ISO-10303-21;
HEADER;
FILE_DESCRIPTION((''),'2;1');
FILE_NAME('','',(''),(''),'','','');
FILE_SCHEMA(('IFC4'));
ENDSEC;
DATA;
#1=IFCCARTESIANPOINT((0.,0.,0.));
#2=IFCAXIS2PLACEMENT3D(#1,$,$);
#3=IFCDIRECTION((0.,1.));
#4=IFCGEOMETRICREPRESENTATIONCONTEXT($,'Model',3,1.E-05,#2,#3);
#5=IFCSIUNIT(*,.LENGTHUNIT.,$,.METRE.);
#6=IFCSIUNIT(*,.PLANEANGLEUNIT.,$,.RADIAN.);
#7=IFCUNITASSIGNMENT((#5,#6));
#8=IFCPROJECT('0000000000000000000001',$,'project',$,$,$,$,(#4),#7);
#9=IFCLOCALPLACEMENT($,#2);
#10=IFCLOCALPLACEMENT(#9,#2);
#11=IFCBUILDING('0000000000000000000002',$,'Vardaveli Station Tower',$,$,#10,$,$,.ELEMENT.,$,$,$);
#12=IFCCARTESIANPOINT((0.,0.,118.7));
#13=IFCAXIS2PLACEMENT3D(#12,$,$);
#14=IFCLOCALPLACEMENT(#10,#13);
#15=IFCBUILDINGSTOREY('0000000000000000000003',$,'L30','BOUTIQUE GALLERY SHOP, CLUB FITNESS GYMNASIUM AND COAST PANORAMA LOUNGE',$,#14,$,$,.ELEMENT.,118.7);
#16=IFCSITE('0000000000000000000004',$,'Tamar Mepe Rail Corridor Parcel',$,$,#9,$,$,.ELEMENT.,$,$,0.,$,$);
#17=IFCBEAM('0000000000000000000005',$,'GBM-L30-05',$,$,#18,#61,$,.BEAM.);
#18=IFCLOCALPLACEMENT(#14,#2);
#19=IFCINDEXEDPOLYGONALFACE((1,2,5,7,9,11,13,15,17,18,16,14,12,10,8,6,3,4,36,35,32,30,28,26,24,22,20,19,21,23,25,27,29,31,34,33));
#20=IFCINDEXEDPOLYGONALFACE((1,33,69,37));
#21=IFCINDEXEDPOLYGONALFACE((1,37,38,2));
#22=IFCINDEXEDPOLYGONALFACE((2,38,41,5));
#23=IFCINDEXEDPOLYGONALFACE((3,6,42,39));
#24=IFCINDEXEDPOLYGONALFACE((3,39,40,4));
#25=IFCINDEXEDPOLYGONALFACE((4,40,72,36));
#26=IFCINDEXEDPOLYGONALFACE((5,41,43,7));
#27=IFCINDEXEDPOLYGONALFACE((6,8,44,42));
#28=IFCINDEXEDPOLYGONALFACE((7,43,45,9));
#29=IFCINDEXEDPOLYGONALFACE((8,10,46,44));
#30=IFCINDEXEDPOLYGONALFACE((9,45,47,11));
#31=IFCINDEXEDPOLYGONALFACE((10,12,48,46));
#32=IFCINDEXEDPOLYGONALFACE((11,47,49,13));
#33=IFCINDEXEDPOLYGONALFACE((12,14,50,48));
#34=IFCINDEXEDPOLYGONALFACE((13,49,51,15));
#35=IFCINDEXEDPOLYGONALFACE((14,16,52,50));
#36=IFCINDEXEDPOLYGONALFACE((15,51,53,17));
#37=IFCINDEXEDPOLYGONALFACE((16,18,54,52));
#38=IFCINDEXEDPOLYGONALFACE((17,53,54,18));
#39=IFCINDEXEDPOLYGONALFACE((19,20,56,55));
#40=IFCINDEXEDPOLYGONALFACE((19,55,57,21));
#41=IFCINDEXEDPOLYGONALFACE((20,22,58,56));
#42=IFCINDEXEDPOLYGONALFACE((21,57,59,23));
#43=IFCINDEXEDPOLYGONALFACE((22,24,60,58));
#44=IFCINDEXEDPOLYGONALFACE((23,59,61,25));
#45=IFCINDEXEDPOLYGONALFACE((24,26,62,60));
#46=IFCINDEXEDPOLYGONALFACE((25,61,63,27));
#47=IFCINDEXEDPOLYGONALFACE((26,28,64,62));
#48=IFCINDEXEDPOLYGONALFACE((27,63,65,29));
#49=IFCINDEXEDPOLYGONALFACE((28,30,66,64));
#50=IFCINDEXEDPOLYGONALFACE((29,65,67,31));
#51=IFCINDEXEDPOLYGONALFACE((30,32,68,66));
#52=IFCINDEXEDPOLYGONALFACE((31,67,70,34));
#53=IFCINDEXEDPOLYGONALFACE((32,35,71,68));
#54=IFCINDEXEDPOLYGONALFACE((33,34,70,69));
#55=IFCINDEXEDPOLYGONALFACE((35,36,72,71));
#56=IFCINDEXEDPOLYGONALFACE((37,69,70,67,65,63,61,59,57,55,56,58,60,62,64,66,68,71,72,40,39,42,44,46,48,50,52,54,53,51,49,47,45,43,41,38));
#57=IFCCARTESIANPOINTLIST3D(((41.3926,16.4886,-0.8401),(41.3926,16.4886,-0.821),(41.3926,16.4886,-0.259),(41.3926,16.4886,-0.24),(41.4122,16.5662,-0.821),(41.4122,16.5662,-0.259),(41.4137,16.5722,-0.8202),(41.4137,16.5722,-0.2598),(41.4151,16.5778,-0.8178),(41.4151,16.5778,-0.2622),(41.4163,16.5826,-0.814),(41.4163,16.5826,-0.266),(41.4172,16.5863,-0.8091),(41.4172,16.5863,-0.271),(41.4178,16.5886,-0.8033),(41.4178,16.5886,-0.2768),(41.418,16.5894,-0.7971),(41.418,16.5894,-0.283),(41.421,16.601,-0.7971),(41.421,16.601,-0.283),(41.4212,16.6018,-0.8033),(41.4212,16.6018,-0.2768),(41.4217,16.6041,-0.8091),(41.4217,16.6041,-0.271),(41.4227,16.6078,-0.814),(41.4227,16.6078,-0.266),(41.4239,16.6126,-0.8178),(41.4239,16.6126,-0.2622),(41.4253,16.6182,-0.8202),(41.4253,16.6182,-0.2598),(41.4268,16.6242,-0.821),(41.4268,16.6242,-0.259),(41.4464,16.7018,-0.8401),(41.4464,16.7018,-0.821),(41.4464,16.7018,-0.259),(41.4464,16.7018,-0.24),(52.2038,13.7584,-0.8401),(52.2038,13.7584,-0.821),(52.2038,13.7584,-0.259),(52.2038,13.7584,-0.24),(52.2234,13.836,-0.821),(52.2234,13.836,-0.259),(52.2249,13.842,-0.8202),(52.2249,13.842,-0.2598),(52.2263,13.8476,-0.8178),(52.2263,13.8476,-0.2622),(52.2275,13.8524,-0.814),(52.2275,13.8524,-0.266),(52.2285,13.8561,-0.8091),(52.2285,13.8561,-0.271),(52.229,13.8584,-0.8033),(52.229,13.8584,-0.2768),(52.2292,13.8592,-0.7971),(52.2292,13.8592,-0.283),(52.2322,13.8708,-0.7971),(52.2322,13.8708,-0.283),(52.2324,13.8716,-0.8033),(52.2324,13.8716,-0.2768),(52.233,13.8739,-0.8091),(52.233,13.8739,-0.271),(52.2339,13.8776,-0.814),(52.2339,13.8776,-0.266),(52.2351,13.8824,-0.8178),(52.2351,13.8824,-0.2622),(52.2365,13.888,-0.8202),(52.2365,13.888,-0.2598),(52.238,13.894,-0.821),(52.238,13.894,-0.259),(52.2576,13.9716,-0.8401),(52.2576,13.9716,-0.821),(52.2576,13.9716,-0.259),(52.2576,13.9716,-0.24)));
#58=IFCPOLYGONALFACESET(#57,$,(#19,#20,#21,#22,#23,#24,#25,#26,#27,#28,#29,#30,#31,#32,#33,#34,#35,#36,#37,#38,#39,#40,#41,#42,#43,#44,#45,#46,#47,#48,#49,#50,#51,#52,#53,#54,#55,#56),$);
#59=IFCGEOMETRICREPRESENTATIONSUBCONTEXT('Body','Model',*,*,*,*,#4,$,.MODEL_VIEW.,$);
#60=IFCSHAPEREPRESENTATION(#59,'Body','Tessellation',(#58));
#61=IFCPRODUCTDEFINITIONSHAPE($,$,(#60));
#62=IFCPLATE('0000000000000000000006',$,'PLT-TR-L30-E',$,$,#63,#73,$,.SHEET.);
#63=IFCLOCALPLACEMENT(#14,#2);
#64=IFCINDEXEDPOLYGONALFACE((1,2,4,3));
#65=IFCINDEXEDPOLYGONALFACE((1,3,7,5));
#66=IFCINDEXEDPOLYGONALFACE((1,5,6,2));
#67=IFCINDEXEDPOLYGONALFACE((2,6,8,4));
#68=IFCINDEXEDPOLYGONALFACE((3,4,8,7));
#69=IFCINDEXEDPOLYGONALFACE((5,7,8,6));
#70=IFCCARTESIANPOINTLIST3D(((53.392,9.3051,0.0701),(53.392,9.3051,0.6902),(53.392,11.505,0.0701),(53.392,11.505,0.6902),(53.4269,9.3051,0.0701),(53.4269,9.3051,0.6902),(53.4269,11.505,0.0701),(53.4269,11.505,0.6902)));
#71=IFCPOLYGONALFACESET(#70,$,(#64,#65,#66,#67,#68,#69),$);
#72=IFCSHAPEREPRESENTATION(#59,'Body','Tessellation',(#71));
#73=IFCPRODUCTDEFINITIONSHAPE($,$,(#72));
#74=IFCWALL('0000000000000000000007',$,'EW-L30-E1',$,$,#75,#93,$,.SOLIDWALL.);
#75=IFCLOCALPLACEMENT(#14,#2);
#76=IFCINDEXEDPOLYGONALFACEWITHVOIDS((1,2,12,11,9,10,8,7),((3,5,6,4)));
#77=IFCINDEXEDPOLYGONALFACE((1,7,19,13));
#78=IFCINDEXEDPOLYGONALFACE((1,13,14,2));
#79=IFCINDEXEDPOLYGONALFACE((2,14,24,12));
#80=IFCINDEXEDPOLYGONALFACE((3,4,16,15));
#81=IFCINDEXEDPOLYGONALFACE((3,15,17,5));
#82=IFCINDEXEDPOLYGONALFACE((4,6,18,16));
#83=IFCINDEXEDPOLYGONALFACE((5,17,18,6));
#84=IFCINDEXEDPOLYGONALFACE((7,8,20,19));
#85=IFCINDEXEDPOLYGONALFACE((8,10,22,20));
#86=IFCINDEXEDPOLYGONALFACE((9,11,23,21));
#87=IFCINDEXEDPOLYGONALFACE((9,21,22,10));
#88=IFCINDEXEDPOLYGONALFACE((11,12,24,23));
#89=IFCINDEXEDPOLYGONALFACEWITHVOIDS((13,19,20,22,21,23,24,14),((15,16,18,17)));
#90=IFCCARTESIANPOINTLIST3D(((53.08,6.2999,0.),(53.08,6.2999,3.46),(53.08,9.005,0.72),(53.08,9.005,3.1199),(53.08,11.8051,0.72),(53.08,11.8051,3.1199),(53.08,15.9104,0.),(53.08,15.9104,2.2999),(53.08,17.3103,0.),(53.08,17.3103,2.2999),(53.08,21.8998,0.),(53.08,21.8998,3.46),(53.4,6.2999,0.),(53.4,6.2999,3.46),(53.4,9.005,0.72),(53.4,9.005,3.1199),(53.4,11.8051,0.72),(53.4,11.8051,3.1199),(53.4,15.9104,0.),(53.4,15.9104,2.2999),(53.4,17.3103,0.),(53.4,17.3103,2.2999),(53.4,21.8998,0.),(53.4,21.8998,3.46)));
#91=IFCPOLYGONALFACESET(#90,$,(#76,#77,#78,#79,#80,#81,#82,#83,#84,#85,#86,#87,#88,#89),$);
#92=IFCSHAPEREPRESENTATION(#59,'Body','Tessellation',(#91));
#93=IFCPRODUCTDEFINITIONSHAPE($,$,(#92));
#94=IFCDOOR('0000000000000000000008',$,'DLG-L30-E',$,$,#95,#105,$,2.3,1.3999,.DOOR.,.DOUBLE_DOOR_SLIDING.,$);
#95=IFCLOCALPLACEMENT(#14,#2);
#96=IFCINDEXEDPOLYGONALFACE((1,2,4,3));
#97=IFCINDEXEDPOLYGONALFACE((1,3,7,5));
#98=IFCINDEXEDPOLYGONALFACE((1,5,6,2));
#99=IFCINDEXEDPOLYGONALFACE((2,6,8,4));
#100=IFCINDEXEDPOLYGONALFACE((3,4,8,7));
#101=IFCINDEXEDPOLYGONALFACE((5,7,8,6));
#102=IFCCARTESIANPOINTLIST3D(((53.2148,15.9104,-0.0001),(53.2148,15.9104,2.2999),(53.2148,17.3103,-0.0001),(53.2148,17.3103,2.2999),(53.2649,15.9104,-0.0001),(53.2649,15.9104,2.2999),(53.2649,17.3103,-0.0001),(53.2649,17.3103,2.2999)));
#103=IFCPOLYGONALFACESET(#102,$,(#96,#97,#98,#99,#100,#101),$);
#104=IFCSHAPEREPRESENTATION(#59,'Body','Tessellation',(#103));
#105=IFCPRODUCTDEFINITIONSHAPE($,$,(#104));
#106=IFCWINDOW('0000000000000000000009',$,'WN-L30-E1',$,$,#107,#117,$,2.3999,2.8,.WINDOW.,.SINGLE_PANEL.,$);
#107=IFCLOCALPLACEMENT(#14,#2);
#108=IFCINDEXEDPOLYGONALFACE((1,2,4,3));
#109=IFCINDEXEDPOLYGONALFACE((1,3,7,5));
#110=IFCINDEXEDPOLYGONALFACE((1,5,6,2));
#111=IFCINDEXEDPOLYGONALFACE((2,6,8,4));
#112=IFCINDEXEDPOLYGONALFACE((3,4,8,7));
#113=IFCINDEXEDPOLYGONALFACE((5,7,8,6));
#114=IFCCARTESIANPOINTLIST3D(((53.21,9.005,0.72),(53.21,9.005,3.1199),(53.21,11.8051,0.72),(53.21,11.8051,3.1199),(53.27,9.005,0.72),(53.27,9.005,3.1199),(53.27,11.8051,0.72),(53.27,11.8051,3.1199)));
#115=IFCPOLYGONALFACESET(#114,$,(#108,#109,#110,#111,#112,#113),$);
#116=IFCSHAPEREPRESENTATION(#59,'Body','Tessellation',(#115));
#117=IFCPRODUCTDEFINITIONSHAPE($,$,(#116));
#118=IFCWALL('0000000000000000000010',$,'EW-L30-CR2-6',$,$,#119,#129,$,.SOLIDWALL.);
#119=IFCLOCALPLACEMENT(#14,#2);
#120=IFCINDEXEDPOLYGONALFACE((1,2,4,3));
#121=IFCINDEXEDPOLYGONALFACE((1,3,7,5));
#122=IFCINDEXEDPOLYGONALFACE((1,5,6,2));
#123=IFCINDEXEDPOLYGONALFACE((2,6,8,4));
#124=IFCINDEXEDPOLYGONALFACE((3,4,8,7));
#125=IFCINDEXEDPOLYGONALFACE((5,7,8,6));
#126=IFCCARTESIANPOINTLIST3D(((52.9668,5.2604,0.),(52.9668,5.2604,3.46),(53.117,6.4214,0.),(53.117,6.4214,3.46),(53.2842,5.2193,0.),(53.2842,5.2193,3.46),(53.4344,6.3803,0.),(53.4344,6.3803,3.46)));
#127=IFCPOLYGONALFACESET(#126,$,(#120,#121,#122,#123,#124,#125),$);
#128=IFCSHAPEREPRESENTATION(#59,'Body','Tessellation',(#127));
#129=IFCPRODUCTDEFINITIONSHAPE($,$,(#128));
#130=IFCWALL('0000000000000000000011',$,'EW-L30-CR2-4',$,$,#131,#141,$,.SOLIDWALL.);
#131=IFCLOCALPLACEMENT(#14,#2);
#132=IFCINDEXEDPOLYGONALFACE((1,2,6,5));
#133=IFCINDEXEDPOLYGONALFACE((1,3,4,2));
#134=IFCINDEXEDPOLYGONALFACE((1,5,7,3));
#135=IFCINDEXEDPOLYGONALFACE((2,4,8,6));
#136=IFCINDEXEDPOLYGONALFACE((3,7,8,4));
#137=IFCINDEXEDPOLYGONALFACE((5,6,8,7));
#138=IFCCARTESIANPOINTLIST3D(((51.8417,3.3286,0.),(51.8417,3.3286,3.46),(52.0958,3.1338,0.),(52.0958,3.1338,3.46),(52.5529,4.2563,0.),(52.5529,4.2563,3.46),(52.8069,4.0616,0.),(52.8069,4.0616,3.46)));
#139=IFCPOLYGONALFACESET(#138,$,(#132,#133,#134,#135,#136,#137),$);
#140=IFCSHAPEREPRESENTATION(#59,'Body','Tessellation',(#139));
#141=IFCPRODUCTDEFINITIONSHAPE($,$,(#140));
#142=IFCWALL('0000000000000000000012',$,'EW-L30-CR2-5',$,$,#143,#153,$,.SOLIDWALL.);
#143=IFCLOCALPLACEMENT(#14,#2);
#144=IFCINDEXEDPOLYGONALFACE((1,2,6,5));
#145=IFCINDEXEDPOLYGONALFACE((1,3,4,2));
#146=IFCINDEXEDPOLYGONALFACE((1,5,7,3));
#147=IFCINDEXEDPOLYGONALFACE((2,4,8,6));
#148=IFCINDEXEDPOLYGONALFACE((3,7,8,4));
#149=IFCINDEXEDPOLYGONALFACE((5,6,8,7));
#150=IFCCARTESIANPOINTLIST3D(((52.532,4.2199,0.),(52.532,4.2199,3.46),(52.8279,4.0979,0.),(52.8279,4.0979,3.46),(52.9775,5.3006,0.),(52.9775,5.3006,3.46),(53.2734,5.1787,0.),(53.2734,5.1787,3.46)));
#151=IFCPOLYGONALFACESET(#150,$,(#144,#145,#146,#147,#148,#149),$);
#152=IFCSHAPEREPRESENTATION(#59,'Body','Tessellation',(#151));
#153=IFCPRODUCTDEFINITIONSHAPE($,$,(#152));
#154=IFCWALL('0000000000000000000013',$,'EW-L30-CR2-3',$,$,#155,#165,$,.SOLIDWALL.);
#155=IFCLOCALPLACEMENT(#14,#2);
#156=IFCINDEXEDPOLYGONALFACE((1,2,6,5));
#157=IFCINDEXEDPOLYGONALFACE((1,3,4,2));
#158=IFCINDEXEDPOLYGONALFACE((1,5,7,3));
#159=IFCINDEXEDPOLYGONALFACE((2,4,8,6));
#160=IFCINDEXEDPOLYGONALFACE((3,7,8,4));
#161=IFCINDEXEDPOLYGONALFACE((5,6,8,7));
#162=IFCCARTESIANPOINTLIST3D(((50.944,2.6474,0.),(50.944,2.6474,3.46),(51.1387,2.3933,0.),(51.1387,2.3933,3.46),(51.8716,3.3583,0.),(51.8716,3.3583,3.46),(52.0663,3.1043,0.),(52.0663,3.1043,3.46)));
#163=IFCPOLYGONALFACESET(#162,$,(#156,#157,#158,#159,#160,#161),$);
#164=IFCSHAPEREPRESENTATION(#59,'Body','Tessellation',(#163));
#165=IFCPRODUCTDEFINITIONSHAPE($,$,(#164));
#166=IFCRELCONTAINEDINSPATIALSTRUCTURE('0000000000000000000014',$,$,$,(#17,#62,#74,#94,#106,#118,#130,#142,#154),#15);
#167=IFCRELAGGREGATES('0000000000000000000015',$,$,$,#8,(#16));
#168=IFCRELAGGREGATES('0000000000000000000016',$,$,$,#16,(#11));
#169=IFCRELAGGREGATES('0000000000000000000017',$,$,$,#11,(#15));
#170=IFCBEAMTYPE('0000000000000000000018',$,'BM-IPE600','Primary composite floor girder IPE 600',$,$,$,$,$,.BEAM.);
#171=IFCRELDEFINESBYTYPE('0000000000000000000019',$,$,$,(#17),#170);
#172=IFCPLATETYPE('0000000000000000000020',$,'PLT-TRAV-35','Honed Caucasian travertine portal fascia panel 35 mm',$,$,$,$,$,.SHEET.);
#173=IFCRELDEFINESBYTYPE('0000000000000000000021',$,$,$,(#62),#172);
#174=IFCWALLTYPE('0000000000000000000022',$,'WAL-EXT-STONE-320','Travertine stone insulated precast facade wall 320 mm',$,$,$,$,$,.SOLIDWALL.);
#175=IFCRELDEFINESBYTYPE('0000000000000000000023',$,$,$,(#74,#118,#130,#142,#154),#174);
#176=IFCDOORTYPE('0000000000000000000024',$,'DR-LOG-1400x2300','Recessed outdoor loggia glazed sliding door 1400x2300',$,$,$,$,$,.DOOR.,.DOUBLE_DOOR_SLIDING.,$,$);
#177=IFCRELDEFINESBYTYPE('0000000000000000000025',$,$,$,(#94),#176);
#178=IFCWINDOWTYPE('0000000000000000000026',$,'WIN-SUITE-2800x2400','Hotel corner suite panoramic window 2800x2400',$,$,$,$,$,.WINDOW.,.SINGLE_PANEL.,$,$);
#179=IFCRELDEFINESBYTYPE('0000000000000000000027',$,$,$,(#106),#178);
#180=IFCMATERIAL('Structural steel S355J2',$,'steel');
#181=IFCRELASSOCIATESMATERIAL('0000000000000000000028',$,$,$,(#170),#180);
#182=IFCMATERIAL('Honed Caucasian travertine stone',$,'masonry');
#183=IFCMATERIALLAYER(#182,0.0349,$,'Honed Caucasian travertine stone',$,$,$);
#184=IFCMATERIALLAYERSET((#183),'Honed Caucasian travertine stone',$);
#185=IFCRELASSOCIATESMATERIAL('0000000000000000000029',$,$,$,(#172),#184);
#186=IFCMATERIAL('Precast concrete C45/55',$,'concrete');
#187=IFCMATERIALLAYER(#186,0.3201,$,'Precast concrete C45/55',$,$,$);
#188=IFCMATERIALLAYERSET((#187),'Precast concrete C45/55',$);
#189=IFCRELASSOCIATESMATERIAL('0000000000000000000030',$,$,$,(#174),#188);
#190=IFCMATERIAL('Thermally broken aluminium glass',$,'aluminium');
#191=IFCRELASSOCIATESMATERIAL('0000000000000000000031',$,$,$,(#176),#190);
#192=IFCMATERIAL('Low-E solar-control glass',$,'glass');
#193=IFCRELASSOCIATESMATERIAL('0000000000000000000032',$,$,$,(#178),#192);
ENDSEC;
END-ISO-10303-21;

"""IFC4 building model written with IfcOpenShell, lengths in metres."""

from ifc_helpers import new_model, si_unit, direction, frame, frame_2d, origin, origin_2d, place, context, subcontext, project, spatial, rectangle, i_section, extrude, source, transform, mapped, material, layer, layer_set, material_profile, profile_set, type_object, element, fill, save


model = new_model("IFC4")

# Units and contexts
model_context = context("Model", 3, precision=1e-05, world=origin(), true_north=direction((0.0, 1.0)))
body_context = subcontext(model_context, "Body", "Model", "MODEL_VIEW")
ifc_project = project(units=[si_unit("LENGTHUNIT", "METRE"), si_unit("PLANEANGLEUNIT", "RADIAN")], contexts=[model_context])

# Site, building, storey
site_placement = place(None, origin())
site = spatial("IfcSite", under=ifc_project, at=site_placement, Name="Tamar Mepe Rail Corridor Parcel", CompositionType="ELEMENT", RefElevation=0.0)
building_placement = place(site_placement, origin())
building = spatial("IfcBuilding", under=site, at=building_placement, Name="Vardaveli Station Tower", CompositionType="ELEMENT")
storey_placement = place(building_placement, frame((0.0, 0.0, 118.7)))
storey = spatial("IfcBuildingStorey", under=building, at=storey_placement, Name="L30", Description="BOUTIQUE GALLERY SHOP, CLUB FITNESS GYMNASIUM AND COAST PANORAMA LOUNGE", CompositionType="ELEMENT", Elevation=118.7)

# Beam
ifc_material_1 = material(Name="Precast concrete C45/55", Category="concrete")
ifc_material_2 = material(Name="Structural steel S355J2", Category="steel")
ifc_material_profile_1 = material_profile(ifc_material_2, i_section(OverallWidth=0.22, OverallDepth=0.6001, WebThickness=0.012, FlangeThickness=0.019, FilletRadius=0.0239, at=origin_2d()), Name="IPE 600")
ifc_profile_set_1 = profile_set([ifc_material_profile_1], Name="Structural steel S355J2")
beam_type_1 = type_object("IfcBeamType", Name="BM-IPE600", Description="Primary composite floor girder IPE 600", PredefinedType="BEAM", material=ifc_profile_set_1)
shared_shape_1 = source(origin(), body_context, "Body", "SweptSolid", [
    extrude(i_section(OverallWidth=0.22, OverallDepth=0.6001, WebThickness=0.012, FlangeThickness=0.019, FilletRadius=0.0239, at=origin_2d()), origin(), (0.0, 0.0, 1.0), 11.1506),
])
beam_1_placement = place(storey_placement, frame((52.2307, 13.865, -0.54), z_axis=(-0.969561, 0.244848, 0.0), x_axis=(-0.244848, -0.969561, 0.0)))
element("IfcBeam", 1, at=beam_1_placement, inside=storey, type_object=beam_type_1, Name="GBM-L30-05", PredefinedType="BEAM", context=body_context, shape_type="MappedRepresentation", body=[
    mapped(shared_shape_1, transform((0.0, 0.0, 0.0), scale=1.0)),
])

# Plate
ifc_material_3 = material(Name="Honed Caucasian travertine stone", Category="masonry")
ifc_layer_1 = layer(ifc_material_3, 0.0349, Name="Honed Caucasian travertine stone")
ifc_layer_set_1 = layer_set([ifc_layer_1], Name="Honed Caucasian travertine stone")
plate_type = type_object("IfcPlateType", Name="PLT-TRAV-35", Description="Honed Caucasian travertine portal fascia panel 35 mm", PredefinedType="SHEET", material=ifc_layer_set_1)
shared_shape_2 = source(origin(), body_context, "Body", "SweptSolid", [
    extrude(rectangle(XDim=2.2, YDim=0.0349, at=origin_2d()), origin(), (0.0, 0.0, 1.0), 0.6201),
])
plate_placement = place(storey_placement, frame((53.4094, 10.405, 0.0701), z_axis=(0.0, 0.0, 1.0), x_axis=(0.0, 1.0, 0.0)))
element("IfcPlate", 2, at=plate_placement, inside=storey, type_object=plate_type, Name="PLT-TR-L30-E", PredefinedType="SHEET", context=body_context, shape_type="MappedRepresentation", body=[
    mapped(shared_shape_2, transform((0.0, 0.0, 0.0), scale=1.0)),
])

# Wall, openings, door, window
ifc_layer_2 = layer(ifc_material_1, 0.3201, Name="Precast concrete C45/55")
ifc_layer_set_2 = layer_set([ifc_layer_2], Name="Precast concrete C45/55")
wall_type_1 = type_object("IfcWallType", Name="WAL-EXT-STONE-320", Description="Travertine stone insulated precast facade wall 320 mm", PredefinedType="SOLIDWALL", material=ifc_layer_set_2)
shared_shape_3 = source(origin(), body_context, "Body", "SweptSolid", [
    extrude(rectangle(XDim=15.5999, YDim=0.3201, at=frame_2d((7.7998, 0.0))), origin(), (0.0, 0.0, 1.0), 3.46),
])
wall_1_placement = place(storey_placement, frame((53.24, 6.3, 0.0), z_axis=(0.0, 0.0, 1.0), x_axis=(0.0, 1.0, 0.0)))
wall_1 = element("IfcWall", 3, at=wall_1_placement, inside=storey, type_object=wall_type_1, Name="EW-L30-E1", PredefinedType="SOLIDWALL", context=body_context, shape_type="MappedRepresentation", body=[
    mapped(shared_shape_3, transform((0.0, 0.0, 0.0), scale=1.0)),
])
shared_shape_4 = source(origin(), body_context, "Body", "SweptSolid", [
    extrude(rectangle(XDim=1.3999, YDim=2.3, at=frame_2d((0.7, 1.1499))), frame((0.0, 0.1699, 0.0), z_axis=(0.0, -1.0, 0.0), x_axis=(1.0, 0.0, 0.0)), (0.0, 0.0, 1.0), 0.3401),
])
opening_1_placement = place(wall_1_placement, frame((9.6104, 0.0, 0.0)))
opening_1 = element("IfcOpeningElement", 4, at=opening_1_placement, cuts=wall_1, PredefinedType="OPENING", context=body_context, shape_type="MappedRepresentation", body=[
    mapped(shared_shape_4, transform((0.0, 0.0, 0.0), scale=1.0)),
])
shared_shape_5 = source(origin(), body_context, "Body", "SweptSolid", [
    extrude(rectangle(XDim=2.8, YDim=2.3999, at=frame_2d((1.3999, 1.2))), frame((0.0, 0.1699, 0.0), z_axis=(0.0, -1.0, 0.0), x_axis=(1.0, 0.0, 0.0)), (0.0, 0.0, 1.0), 0.3401),
])
opening_2_placement = place(wall_1_placement, frame((2.7051, 0.0, 0.72)))
opening_2 = element("IfcOpeningElement", 5, at=opening_2_placement, cuts=wall_1, PredefinedType="OPENING", context=body_context, shape_type="MappedRepresentation", body=[
    mapped(shared_shape_5, transform((0.0, 0.0, 0.0), scale=1.0)),
])
ifc_material_4 = material(Name="Thermally broken aluminium glass", Category="aluminium")
door_type = type_object("IfcDoorType", Name="DR-LOG-1400x2300", Description="Recessed outdoor loggia glazed sliding door 1400x2300", OperationType="DOUBLE_DOOR_SLIDING", PredefinedType="DOOR", material=ifc_material_4)
shared_shape_6 = source(origin(), body_context, "Body", "SweptSolid", [
    extrude(rectangle(XDim=1.3999, YDim=2.3, at=frame_2d((0.7, 1.1499))), frame((0.0, 0.0249, 0.0), z_axis=(0.0, -1.0, 0.0), x_axis=(1.0, 0.0, 0.0)), (0.0, 0.0, 1.0), 0.05),
])
door_placement = place(opening_1_placement, frame((1.3999, 0.0, 0.0), z_axis=(0.0, 0.0, 1.0), x_axis=(-1.0, 0.0, 0.0)))
door = element("IfcDoor", 6, at=door_placement, inside=storey, type_object=door_type, Name="DLG-L30-E", OperationType="DOUBLE_DOOR_SLIDING", OverallHeight=2.3, OverallWidth=1.3999, PredefinedType="DOOR", context=body_context, shape_type="MappedRepresentation", body=[
    mapped(shared_shape_6, transform((0.0, 0.0, 0.0), scale=1.0)),
])
fill(opening_1, door)
ifc_material_5 = material(Name="Low-E solar-control glass", Category="glass")
window_type = type_object("IfcWindowType", Name="WIN-SUITE-2800x2400", Description="Hotel corner suite panoramic window 2800x2400", PartitioningType="SINGLE_PANEL", PredefinedType="WINDOW", material=ifc_material_5)
shared_shape_7 = source(origin(), body_context, "Body", "SweptSolid", [
    extrude(rectangle(XDim=2.8, YDim=2.3999, at=frame_2d((1.3999, 1.2))), frame((0.0, 0.03, 0.0), z_axis=(0.0, -1.0, 0.0), x_axis=(1.0, 0.0, 0.0)), (0.0, 0.0, 1.0), 0.0601),
])
window_placement = place(opening_2_placement, origin())
window = element("IfcWindow", 7, at=window_placement, inside=storey, type_object=window_type, Name="WN-L30-E1", OverallHeight=2.3999, OverallWidth=2.8, PartitioningType="SINGLE_PANEL", PredefinedType="WINDOW", context=body_context, shape_type="MappedRepresentation", body=[
    mapped(shared_shape_7, transform((0.0, 0.0, 0.0), scale=1.0)),
])
fill(opening_2, window)

# Walls
shared_shape_8 = source(origin(), body_context, "Body", "SweptSolid", [
    extrude(rectangle(XDim=1.1707, YDim=0.3201, at=frame_2d((0.5854, 0.0))), origin(), (0.0, 0.0, 1.0), 3.46),
])
wall_2_placement = place(storey_placement, frame((53.1255, 5.2397, 0.0), z_axis=(0.0, 0.0, 1.0), x_axis=(0.128269, 0.991739, 0.0)))
element("IfcWall", 8, at=wall_2_placement, inside=storey, type_object=wall_type_1, Name="EW-L30-CR2-6", PredefinedType="SOLIDWALL", context=body_context, shape_type="MappedRepresentation", body=[
    mapped(shared_shape_8, transform((0.0, 0.0, 0.0), scale=1.0)),
])
shared_shape_9 = source(origin(), body_context, "Body", "SweptSolid", [
    extrude(rectangle(XDim=1.1689, YDim=0.3201, at=frame_2d((0.5845, 0.0))), origin(), (0.0, 0.0, 1.0), 3.46),
])
for number, where, z_axis, x_axis, name in (
    (9, (51.9688, 3.2312, 0.0), (0.0, 0.0, 1.0), (0.608388, 0.79364, 0.0), "EW-L30-CR2-4"),
    (10, (52.6799, 4.1589, 0.0), (0.0, 0.0, 1.0), (0.381128, 0.924522, 0.0), "EW-L30-CR2-5"),
):
    element("IfcWall", number, at=place(storey_placement, frame(where, z_axis=z_axis, x_axis=x_axis)), inside=storey, type_object=wall_type_1, Name=name, PredefinedType="SOLIDWALL", context=body_context, shape_type="MappedRepresentation", body=[
        mapped(shared_shape_9, transform((0.0, 0.0, 0.0), scale=1.0)),
    ])
shared_shape_10 = source(origin(), body_context, "Body", "SweptSolid", [
    extrude(rectangle(XDim=1.1687, YDim=0.3201, at=frame_2d((0.5845, 0.0))), origin(), (0.0, 0.0, 1.0), 3.46),
])
wall_3_placement = place(storey_placement, frame((51.0413, 2.5203, 0.0), z_axis=(0.0, 0.0, 1.0), x_axis=(0.793664, 0.608357, 0.0)))
element("IfcWall", 11, at=wall_3_placement, inside=storey, type_object=wall_type_1, Name="EW-L30-CR2-3", PredefinedType="SOLIDWALL", context=body_context, shape_type="MappedRepresentation", body=[
    mapped(shared_shape_10, transform((0.0, 0.0, 0.0), scale=1.0)),
])

save(model, "model.ifc")
